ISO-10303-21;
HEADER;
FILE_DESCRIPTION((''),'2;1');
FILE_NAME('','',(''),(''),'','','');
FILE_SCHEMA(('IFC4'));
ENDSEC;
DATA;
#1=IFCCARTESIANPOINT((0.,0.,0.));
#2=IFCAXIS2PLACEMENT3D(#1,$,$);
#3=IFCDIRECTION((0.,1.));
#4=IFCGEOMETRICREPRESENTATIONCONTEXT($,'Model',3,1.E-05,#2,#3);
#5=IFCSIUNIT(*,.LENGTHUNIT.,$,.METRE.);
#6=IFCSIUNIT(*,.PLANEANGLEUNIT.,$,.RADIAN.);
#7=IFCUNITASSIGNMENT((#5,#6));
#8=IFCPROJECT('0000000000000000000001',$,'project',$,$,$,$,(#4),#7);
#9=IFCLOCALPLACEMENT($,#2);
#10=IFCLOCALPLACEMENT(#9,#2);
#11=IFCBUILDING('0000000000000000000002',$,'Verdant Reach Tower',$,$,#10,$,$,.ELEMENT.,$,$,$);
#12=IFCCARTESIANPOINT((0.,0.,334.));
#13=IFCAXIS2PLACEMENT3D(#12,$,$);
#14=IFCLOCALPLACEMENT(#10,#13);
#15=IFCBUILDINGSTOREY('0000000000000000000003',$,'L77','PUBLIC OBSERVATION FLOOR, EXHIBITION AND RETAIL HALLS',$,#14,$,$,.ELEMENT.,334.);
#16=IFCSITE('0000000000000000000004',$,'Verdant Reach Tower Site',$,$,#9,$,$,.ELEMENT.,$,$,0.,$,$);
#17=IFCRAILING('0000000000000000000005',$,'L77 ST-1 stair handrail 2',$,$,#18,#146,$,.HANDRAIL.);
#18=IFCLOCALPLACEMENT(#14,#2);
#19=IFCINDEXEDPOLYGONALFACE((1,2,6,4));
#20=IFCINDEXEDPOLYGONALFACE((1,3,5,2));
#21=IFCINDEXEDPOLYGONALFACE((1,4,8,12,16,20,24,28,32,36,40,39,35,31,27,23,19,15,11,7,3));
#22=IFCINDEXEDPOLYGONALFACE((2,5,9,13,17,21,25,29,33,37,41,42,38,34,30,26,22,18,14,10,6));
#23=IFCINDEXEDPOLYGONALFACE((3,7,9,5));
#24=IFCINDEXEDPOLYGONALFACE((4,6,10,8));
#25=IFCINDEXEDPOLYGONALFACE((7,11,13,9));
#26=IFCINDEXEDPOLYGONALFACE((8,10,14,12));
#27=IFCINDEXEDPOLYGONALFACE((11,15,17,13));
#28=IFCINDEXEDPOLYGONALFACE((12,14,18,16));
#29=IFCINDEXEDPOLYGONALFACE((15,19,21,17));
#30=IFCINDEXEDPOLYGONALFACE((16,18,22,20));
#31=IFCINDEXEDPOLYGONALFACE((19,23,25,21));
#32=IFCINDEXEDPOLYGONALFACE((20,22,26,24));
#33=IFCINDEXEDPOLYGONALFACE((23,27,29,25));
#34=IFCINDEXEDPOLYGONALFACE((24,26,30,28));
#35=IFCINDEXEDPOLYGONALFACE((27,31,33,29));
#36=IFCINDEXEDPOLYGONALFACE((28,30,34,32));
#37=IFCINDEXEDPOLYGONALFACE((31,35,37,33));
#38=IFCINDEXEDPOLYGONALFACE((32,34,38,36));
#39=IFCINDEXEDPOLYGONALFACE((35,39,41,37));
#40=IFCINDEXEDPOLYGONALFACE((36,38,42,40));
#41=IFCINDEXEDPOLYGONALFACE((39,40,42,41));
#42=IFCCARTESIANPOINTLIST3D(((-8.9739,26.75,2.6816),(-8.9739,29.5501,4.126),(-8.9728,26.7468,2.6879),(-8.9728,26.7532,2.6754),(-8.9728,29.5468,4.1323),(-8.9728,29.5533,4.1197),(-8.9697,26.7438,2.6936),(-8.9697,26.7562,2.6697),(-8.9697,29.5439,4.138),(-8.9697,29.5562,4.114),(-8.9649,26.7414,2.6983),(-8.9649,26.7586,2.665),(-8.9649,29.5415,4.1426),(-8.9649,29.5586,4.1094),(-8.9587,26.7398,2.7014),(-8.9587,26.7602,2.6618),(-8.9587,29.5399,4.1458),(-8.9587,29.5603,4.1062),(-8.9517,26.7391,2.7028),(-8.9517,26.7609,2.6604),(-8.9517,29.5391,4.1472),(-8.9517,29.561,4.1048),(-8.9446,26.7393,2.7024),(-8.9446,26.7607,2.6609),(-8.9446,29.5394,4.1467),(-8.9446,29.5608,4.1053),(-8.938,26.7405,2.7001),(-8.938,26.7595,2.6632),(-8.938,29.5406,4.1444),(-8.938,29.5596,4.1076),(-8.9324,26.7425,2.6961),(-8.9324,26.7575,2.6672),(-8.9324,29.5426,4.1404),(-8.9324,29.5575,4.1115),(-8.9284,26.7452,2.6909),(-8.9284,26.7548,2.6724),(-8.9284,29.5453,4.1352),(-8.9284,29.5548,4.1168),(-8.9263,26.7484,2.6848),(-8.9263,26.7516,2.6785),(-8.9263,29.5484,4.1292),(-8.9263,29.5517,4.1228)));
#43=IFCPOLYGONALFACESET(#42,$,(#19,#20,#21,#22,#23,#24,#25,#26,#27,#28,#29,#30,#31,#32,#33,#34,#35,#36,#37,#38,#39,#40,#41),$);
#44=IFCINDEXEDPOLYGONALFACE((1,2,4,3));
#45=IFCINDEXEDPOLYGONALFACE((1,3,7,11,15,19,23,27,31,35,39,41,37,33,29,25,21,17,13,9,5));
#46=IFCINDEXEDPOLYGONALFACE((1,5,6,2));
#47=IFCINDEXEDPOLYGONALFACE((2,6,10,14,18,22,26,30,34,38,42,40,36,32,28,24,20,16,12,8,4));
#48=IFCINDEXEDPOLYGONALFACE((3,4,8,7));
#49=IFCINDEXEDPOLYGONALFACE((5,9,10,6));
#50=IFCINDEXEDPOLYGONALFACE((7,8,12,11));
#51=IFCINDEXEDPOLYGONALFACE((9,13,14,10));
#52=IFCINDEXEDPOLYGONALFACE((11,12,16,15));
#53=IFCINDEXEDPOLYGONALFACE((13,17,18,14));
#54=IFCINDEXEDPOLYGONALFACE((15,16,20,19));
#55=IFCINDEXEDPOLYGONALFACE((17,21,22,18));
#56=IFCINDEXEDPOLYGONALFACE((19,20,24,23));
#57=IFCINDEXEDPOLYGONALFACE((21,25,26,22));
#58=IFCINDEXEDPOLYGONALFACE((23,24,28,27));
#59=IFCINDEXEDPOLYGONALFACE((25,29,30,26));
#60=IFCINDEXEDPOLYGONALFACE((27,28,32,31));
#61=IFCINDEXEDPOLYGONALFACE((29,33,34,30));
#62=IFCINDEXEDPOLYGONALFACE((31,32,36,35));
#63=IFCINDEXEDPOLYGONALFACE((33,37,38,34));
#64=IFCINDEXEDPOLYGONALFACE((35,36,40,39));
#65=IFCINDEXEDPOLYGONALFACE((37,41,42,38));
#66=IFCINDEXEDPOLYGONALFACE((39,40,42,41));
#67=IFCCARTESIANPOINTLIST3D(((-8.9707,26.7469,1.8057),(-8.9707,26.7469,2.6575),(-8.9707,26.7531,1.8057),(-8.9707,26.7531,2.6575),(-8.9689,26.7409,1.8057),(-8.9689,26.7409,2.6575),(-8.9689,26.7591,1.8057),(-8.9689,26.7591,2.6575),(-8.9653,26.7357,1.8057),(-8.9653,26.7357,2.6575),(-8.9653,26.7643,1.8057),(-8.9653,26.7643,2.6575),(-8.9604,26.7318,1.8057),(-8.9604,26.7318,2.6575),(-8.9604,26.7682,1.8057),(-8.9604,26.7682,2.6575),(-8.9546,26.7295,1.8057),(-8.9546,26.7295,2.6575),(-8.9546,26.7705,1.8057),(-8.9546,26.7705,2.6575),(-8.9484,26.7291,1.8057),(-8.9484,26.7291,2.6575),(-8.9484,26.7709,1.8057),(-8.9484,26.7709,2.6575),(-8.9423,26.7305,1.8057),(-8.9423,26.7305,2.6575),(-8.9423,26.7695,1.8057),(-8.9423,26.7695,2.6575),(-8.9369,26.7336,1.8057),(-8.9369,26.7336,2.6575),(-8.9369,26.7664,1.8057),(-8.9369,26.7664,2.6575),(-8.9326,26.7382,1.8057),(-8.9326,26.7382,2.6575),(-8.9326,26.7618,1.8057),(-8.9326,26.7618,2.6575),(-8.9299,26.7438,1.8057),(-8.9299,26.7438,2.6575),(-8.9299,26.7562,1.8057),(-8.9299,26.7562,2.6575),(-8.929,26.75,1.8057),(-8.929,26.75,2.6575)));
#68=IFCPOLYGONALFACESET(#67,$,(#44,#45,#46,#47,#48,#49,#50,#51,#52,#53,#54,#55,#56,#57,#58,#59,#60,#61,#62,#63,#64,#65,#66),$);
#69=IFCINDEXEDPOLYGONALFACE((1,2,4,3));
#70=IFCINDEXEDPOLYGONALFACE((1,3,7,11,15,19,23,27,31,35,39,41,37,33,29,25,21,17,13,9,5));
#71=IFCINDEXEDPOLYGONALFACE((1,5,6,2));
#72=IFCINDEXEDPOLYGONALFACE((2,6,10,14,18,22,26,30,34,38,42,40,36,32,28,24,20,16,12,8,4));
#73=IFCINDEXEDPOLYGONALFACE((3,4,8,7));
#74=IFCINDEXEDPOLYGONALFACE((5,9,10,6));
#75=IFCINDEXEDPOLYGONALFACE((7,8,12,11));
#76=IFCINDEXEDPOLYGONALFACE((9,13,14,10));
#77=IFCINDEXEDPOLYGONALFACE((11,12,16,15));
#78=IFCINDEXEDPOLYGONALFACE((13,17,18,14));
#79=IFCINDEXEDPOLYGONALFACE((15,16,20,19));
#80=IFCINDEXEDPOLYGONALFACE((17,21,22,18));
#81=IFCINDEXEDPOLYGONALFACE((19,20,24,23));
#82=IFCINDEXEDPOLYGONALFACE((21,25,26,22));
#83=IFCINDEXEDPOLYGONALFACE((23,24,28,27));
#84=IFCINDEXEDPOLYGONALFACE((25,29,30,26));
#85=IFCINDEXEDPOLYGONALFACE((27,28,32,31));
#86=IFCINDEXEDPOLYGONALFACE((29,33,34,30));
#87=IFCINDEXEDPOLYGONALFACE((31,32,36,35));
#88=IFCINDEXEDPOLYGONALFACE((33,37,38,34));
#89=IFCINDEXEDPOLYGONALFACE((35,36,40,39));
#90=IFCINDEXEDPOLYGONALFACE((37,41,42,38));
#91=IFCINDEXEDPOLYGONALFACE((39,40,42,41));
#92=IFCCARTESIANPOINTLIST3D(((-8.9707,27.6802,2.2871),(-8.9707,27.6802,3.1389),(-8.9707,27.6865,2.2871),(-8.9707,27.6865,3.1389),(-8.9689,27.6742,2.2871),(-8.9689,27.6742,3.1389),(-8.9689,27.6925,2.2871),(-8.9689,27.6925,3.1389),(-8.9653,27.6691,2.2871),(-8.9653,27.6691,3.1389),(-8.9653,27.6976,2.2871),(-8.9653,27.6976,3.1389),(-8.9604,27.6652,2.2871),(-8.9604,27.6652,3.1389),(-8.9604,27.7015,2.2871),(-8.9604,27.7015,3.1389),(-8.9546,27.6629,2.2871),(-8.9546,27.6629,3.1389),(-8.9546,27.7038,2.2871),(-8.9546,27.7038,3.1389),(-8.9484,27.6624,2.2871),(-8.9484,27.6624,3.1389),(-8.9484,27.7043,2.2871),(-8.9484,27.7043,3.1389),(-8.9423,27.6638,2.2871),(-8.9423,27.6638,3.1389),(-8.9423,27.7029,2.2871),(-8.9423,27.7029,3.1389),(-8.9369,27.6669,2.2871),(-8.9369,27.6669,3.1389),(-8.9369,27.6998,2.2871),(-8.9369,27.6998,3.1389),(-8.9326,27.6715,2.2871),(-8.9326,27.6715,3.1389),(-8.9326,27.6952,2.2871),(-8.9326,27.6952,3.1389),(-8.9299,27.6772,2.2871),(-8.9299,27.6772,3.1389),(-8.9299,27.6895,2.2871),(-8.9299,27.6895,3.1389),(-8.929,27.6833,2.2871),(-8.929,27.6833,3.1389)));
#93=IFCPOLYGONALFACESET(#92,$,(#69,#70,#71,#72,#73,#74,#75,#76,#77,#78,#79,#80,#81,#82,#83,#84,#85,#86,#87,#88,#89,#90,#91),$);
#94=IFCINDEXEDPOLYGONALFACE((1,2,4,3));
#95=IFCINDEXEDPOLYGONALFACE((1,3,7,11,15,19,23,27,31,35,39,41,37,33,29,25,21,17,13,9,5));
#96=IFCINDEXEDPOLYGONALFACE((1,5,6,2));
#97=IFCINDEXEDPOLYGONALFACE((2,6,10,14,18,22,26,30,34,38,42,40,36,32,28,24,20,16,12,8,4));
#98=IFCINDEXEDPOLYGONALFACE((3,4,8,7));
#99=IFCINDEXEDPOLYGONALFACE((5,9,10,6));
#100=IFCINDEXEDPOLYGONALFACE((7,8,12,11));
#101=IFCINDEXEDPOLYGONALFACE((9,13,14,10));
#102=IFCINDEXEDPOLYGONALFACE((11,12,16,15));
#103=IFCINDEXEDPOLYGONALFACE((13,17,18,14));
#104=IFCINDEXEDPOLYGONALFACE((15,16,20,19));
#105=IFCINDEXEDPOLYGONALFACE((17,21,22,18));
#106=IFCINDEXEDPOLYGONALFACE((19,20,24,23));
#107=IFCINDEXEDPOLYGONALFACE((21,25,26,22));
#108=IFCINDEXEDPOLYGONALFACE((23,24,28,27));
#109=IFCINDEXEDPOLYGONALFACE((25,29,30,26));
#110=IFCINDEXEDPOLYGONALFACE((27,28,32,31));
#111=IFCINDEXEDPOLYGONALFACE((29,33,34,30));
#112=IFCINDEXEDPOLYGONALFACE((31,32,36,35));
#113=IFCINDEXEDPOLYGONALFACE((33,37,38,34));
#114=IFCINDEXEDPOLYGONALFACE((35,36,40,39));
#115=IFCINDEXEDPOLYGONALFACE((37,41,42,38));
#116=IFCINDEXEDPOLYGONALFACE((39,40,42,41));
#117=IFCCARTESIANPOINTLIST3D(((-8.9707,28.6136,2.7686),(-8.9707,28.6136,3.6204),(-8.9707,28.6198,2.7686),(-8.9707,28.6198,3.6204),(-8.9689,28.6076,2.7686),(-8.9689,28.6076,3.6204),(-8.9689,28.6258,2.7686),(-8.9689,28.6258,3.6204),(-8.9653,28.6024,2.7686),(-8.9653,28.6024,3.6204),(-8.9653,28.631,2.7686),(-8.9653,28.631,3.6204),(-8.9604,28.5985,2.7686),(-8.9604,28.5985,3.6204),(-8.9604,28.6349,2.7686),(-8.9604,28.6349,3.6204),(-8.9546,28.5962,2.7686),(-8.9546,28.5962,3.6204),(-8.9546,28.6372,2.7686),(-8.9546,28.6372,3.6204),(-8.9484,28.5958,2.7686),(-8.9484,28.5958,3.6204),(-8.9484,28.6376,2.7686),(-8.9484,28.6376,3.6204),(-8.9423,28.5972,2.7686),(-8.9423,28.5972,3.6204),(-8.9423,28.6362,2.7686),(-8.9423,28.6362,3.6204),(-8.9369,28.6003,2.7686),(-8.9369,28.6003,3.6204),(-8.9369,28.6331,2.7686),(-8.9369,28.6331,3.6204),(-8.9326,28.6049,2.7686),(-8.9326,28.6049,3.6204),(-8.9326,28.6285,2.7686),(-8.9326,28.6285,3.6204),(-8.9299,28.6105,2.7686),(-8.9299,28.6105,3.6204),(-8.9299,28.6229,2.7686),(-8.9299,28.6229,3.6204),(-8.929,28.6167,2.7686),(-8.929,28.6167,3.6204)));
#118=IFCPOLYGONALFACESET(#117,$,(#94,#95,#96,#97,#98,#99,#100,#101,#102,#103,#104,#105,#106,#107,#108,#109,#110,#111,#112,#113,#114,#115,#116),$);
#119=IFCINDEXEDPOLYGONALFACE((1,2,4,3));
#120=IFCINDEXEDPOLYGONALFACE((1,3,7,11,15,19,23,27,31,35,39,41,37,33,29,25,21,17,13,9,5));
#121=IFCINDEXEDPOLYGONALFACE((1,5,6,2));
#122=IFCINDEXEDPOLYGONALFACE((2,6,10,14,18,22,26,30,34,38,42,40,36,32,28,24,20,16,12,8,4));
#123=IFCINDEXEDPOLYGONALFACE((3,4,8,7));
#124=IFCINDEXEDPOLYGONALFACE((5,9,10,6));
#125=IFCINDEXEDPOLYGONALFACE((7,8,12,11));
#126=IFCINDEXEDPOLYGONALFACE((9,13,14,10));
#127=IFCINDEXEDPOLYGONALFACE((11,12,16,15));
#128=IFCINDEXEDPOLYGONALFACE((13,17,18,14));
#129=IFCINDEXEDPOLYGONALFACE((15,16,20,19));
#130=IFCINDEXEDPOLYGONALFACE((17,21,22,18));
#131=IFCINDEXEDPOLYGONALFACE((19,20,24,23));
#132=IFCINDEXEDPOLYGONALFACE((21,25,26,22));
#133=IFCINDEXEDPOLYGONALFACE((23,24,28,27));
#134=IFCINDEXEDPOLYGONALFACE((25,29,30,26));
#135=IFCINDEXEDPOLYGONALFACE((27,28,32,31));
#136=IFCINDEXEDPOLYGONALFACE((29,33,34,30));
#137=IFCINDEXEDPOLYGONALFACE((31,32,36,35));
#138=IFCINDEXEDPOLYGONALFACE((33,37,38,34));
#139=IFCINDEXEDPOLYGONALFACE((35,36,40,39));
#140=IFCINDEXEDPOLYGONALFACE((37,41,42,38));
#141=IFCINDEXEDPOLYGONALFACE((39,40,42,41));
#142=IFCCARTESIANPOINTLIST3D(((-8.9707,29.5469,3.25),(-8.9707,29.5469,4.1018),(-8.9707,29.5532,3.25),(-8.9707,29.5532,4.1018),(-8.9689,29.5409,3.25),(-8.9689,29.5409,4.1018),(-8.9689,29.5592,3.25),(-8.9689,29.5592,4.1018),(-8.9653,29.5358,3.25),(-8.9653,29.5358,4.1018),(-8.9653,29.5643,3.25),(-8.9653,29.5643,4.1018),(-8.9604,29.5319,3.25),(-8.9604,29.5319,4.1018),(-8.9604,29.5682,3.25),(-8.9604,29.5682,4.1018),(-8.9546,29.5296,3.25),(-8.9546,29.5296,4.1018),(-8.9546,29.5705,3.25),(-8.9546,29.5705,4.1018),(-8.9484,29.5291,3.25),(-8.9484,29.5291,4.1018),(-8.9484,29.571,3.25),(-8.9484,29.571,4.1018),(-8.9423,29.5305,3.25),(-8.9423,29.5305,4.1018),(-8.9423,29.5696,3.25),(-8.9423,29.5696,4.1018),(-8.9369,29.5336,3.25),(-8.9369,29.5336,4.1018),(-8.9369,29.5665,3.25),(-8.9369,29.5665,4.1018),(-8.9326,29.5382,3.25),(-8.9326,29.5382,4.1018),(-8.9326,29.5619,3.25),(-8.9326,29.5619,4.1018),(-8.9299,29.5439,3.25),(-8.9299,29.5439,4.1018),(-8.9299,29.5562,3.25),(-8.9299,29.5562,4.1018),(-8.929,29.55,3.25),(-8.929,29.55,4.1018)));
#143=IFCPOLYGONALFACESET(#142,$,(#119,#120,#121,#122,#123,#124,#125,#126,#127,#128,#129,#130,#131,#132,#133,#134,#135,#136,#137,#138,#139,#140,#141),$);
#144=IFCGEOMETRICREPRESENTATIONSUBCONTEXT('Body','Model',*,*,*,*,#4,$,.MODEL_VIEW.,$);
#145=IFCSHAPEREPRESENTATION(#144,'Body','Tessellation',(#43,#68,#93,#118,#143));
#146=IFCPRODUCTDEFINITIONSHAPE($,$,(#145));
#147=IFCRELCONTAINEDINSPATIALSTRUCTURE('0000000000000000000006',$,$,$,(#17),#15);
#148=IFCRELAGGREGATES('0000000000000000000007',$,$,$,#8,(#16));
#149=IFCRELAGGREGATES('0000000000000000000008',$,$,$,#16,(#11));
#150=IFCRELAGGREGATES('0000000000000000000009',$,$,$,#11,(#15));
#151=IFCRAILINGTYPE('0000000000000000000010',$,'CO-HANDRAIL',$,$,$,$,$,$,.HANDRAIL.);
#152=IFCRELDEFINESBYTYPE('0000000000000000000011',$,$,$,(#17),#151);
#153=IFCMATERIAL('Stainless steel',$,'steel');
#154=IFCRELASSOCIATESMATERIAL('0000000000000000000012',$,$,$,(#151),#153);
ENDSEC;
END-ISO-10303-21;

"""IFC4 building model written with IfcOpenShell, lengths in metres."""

from ifc_helpers import new_model, si_unit, direction, frame, origin, origin_2d, place, context, subcontext, project, spatial, circle, extrude, material, type_object, element, save


model = new_model("IFC4")

# Units and contexts
model_context = context("Model", 3, precision=1e-05, world=origin(), true_north=direction((0.0, 1.0)))
body_context = subcontext(model_context, "Body", "Model", "MODEL_VIEW")
ifc_project = project(units=[si_unit("LENGTHUNIT", "METRE"), si_unit("PLANEANGLEUNIT", "RADIAN")], contexts=[model_context])

# Site, building, storey
site_placement = place(None, origin())
site = spatial("IfcSite", under=ifc_project, at=site_placement, Name="Verdant Reach Tower Site", CompositionType="ELEMENT", RefElevation=0.0)
building_placement = place(site_placement, origin())
building = spatial("IfcBuilding", under=site, at=building_placement, Name="Verdant Reach Tower", CompositionType="ELEMENT")
storey_placement = place(building_placement, frame((0.0, 0.0, 334.0)))
storey = spatial("IfcBuildingStorey", under=building, at=storey_placement, Name="L77", Description="PUBLIC OBSERVATION FLOOR, EXHIBITION AND RETAIL HALLS", CompositionType="ELEMENT", Elevation=334.0)

# Shared definitions
ifc_material_1 = material(Name="Stainless steel", Category="steel")

# Railing
railing_type = type_object("IfcRailingType", Name="CO-HANDRAIL", PredefinedType="HANDRAIL", material=ifc_material_1)
for number, where, name in (
    (1, (-8.95, 26.75, 1.8057), "L77 ST-1 stair handrail 2"),
):
    element("IfcRailing", number, at=place(storey_placement, frame(where)), inside=storey, type_object=railing_type, Name=name, PredefinedType="HANDRAIL", context=body_context, shape_type="SweptSolid", body=[
        extrude(circle(Radius=0.0239, at=origin_2d()), frame((0.0, 0.0, 0.876), z_axis=(0.0, 0.888731, 0.45843), x_axis=(-1.0, 0.0, 0.0)), (0.0, 0.0, 1.0), 3.1506),
        extrude(circle(Radius=0.021, at=origin_2d()), origin(), (0.0, 0.0, 1.0), 0.8518),
        extrude(circle(Radius=0.021, at=origin_2d()), frame((0.0, 0.9333, 0.4814)), (0.0, 0.0, 1.0), 0.8518),
        extrude(circle(Radius=0.021, at=origin_2d()), frame((0.0, 1.8667, 0.9629)), (0.0, 0.0, 1.0), 0.8518),
        extrude(circle(Radius=0.021, at=origin_2d()), frame((0.0, 2.8, 1.4443)), (0.0, 0.0, 1.0), 0.8518),
    ])

save(model, "model.ifc")
